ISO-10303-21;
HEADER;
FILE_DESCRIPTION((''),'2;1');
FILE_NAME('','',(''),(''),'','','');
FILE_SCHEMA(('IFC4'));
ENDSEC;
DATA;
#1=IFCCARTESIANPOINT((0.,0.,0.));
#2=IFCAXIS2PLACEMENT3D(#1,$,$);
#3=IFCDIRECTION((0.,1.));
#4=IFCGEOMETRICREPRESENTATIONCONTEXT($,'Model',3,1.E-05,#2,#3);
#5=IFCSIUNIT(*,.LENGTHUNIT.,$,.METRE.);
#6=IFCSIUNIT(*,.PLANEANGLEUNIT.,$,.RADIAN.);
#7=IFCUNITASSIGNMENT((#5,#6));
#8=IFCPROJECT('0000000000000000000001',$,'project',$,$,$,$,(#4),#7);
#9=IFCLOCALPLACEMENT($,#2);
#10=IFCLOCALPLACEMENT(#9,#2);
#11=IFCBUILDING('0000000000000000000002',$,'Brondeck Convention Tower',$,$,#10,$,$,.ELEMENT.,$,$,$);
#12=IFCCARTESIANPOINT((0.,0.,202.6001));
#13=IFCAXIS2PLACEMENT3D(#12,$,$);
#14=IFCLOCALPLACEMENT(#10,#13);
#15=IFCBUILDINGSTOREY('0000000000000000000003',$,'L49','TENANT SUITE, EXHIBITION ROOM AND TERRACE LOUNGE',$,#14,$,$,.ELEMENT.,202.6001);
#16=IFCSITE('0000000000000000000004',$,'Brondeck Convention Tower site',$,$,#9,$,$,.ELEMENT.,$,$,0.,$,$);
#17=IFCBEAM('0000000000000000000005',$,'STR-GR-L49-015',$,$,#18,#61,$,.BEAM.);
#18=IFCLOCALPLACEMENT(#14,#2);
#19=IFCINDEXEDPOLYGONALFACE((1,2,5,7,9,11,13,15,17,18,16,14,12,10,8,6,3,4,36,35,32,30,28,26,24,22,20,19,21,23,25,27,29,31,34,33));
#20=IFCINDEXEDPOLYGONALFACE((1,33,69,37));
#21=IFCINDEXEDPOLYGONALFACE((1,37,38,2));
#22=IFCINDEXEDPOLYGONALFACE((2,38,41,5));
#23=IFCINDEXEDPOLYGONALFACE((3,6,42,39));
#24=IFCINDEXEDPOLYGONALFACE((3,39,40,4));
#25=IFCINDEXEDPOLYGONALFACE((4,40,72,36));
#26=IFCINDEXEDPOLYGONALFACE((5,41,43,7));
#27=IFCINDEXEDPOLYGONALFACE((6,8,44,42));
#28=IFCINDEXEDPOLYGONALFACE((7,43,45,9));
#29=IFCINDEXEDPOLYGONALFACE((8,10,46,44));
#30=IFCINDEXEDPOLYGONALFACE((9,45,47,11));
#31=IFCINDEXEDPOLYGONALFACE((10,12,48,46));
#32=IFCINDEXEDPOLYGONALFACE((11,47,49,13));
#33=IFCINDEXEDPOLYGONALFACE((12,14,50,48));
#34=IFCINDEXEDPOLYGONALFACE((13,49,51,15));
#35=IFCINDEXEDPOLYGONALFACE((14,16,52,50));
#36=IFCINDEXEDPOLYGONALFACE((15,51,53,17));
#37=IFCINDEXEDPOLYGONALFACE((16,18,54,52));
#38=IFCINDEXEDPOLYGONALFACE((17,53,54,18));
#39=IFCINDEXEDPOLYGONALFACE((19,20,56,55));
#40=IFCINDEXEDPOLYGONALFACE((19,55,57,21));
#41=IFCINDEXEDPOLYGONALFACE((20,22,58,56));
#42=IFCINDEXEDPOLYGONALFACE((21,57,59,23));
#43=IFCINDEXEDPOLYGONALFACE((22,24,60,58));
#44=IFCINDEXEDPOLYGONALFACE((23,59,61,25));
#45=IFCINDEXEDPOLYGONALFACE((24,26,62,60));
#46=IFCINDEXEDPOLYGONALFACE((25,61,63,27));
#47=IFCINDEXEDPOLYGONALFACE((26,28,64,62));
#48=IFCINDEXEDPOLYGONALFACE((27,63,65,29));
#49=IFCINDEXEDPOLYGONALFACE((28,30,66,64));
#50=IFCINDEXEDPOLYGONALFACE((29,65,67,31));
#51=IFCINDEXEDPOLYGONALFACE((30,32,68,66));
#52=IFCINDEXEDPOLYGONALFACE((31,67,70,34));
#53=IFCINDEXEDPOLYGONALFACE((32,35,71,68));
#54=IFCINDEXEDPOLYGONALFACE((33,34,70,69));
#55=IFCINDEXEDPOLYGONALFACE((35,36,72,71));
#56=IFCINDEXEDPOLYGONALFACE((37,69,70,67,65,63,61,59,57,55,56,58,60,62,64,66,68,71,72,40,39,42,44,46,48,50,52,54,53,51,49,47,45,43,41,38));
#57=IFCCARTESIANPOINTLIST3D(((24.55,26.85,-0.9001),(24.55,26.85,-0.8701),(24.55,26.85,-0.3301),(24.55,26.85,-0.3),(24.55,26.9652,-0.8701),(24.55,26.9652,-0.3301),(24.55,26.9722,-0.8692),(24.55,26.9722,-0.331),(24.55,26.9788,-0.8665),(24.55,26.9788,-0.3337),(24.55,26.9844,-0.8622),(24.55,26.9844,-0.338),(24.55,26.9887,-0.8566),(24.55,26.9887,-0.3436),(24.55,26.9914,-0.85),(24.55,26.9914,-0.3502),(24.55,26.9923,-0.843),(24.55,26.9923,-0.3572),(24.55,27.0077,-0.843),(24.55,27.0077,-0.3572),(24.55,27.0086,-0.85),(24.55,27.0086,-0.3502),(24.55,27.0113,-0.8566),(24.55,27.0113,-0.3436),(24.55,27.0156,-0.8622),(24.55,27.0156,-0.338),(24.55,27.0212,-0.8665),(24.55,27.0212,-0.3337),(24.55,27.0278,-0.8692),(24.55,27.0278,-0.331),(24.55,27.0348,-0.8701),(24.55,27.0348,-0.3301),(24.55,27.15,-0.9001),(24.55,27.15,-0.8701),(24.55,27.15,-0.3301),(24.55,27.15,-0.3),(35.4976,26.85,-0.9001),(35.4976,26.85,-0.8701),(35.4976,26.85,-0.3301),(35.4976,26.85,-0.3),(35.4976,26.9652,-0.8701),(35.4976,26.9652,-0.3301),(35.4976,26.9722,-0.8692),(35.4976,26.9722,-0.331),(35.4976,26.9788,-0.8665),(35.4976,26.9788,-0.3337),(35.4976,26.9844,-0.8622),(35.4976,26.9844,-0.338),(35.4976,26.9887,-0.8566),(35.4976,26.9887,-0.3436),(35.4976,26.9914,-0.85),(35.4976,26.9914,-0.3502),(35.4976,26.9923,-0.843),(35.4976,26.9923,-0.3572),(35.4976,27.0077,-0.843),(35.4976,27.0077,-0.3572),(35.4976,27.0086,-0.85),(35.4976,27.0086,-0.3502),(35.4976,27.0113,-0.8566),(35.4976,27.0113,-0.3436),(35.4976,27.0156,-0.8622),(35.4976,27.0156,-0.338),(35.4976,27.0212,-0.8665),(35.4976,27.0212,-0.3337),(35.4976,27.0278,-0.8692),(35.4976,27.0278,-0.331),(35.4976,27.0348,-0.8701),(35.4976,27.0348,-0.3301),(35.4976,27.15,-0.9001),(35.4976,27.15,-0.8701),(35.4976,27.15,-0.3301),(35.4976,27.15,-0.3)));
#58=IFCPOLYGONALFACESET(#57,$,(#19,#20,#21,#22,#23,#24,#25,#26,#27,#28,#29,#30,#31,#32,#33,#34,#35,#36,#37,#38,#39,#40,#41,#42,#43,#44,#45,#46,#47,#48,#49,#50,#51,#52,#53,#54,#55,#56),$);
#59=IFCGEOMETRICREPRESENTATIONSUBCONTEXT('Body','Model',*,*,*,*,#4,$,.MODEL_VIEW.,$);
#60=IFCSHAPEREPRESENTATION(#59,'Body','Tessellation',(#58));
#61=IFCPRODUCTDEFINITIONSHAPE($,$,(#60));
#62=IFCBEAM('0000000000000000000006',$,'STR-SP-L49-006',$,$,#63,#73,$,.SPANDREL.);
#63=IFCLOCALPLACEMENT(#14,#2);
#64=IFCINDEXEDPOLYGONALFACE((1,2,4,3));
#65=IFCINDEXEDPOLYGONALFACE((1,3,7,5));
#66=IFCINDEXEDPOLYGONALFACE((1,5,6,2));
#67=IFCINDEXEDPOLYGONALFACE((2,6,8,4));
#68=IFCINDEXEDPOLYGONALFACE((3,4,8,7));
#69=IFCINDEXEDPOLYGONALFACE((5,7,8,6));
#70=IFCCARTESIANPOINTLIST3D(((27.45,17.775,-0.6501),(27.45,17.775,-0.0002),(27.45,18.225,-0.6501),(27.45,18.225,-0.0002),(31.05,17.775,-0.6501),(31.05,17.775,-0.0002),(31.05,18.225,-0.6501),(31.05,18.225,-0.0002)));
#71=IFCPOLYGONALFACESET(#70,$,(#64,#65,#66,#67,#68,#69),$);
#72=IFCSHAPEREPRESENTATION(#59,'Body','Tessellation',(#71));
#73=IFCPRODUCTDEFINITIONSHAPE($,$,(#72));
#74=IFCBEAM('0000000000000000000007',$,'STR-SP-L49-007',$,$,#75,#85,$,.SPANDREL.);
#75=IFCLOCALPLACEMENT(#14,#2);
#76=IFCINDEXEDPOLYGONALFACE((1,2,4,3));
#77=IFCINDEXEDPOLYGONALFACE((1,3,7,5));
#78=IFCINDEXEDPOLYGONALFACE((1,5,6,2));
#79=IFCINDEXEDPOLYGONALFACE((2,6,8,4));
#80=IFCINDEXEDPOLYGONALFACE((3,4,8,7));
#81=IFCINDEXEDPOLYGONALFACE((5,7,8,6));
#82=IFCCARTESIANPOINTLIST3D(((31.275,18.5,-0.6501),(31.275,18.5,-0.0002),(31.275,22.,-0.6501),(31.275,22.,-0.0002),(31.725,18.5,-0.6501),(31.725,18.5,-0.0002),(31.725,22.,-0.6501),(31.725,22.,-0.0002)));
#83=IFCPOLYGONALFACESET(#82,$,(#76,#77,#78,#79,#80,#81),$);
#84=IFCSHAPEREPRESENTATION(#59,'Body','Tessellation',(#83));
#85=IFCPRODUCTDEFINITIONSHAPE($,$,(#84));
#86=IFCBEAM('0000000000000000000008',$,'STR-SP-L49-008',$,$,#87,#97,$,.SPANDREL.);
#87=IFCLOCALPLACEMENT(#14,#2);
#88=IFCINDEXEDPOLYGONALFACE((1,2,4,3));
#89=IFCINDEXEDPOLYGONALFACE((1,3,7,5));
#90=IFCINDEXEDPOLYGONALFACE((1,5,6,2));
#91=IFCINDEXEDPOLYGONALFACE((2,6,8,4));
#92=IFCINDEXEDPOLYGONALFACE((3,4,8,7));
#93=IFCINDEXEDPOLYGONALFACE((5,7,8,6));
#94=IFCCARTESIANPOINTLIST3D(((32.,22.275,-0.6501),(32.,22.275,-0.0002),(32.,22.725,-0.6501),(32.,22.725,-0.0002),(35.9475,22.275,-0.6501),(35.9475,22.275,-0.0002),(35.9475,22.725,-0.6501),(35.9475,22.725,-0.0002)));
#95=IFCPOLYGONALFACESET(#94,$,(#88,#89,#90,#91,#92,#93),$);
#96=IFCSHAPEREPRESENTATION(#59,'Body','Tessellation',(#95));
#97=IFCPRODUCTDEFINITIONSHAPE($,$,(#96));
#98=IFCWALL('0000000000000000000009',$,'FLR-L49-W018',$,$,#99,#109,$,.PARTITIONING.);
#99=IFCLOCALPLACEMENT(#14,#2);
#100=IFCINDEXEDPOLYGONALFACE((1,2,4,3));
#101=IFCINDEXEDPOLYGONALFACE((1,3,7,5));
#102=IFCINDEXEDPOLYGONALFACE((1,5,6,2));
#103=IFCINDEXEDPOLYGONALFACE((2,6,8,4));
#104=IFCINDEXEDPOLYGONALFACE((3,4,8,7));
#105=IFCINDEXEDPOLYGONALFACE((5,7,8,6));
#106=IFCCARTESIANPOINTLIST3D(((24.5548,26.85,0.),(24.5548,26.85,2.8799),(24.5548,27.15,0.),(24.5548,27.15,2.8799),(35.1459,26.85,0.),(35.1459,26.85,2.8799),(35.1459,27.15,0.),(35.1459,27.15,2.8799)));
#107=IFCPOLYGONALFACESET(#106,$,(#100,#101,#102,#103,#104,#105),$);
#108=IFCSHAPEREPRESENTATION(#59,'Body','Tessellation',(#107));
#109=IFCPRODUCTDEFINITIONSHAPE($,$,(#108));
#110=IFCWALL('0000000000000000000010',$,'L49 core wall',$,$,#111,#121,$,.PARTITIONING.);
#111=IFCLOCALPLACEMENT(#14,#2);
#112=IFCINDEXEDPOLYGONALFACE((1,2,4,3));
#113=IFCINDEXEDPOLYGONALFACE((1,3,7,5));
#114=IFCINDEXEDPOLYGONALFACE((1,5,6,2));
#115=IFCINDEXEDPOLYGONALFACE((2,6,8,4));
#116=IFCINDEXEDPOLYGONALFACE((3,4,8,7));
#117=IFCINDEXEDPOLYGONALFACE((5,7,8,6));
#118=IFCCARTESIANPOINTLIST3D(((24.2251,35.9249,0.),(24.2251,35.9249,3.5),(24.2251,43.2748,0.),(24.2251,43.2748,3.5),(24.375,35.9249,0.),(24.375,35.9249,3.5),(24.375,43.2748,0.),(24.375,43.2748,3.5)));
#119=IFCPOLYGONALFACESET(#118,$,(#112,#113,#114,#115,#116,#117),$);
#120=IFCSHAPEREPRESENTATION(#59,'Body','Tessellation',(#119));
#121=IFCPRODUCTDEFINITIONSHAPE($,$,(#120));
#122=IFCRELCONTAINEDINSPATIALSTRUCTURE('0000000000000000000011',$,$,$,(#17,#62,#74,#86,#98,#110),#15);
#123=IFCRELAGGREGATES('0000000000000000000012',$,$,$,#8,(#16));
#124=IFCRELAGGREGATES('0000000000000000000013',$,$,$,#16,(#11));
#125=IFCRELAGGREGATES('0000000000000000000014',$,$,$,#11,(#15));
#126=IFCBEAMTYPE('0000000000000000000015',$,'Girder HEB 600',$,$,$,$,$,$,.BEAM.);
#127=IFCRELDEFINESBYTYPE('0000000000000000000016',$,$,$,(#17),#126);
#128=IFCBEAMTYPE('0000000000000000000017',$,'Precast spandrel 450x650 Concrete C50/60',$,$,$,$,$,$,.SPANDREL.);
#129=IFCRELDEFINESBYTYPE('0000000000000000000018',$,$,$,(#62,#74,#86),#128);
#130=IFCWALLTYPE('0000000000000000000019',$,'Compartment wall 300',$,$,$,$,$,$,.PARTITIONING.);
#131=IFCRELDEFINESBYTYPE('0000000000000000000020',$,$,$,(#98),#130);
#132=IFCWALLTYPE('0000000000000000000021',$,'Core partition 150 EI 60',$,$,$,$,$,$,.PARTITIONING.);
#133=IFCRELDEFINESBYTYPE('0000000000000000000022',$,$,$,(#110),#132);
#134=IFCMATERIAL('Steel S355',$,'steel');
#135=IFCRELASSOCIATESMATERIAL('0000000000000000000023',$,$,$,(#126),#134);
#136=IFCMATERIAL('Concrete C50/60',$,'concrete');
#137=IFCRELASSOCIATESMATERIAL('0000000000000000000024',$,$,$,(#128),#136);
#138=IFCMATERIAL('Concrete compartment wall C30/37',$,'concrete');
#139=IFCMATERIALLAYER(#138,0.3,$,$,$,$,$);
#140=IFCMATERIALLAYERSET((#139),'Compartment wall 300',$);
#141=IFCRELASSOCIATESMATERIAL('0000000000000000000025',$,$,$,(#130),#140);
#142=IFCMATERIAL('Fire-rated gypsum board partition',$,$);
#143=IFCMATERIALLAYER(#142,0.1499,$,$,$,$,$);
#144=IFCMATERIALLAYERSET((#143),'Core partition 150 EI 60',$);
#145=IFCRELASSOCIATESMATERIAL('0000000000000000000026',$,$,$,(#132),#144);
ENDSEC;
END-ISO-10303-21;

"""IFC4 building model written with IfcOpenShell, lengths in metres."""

from ifc_helpers import new_model, si_unit, direction, frame, frame_2d, origin, origin_2d, place, context, subcontext, project, spatial, rectangle, i_section, extrude, material, layer, layer_set, material_profile, profile_set, type_object, element, save


model = new_model("IFC4")

# Units and contexts
model_context = context("Model", 3, precision=1e-05, world=origin(), true_north=direction((0.0, 1.0)))
body_context = subcontext(model_context, "Body", "Model", "MODEL_VIEW")
ifc_project = project(units=[si_unit("LENGTHUNIT", "METRE"), si_unit("PLANEANGLEUNIT", "RADIAN")], contexts=[model_context])

# Site, building, storey
site_placement = place(None, origin())
site = spatial("IfcSite", under=ifc_project, at=site_placement, Name="Brondeck Convention Tower site", CompositionType="ELEMENT", RefElevation=0.0)
building_placement = place(site_placement, origin())
building = spatial("IfcBuilding", under=site, at=building_placement, Name="Brondeck Convention Tower", CompositionType="ELEMENT")
storey_placement = place(building_placement, frame((0.0, 0.0, 202.6001)))
storey = spatial("IfcBuildingStorey", under=building, at=storey_placement, Name="L49", Description="TENANT SUITE, EXHIBITION ROOM AND TERRACE LOUNGE", CompositionType="ELEMENT", Elevation=202.6001)

# Shared definitions
ifc_material_1 = material(Name="Concrete C50/60", Category="concrete")

# Beams
ifc_material_2 = material(Name="Steel S355", Category="steel")
ifc_material_profile_1 = material_profile(ifc_material_2, i_section(OverallWidth=0.3, OverallDepth=0.6001, WebThickness=0.0154, FlangeThickness=0.03, FilletRadius=0.0271, at=origin_2d()), Name="HEB 600")
ifc_profile_set_1 = profile_set([ifc_material_profile_1], Name="Steel S355")
beam_type_1 = type_object("IfcBeamType", Name="Girder HEB 600", PredefinedType="BEAM", material=ifc_profile_set_1)
beam_1_placement = place(storey_placement, frame((24.55, 27.0, -0.6001), z_axis=(1.0, 0.0, 0.0), x_axis=(0.0, 1.0, 0.0)))
element("IfcBeam", 1, at=beam_1_placement, inside=storey, type_object=beam_type_1, Name="STR-GR-L49-015", PredefinedType="BEAM", context=body_context, shape_type="SweptSolid", body=[
    extrude(i_section(OverallWidth=0.3, OverallDepth=0.6001, WebThickness=0.0154, FlangeThickness=0.03, FilletRadius=0.0271, at=origin_2d()), origin(), (0.0, 0.0, 1.0), 10.9475),
])
ifc_material_profile_2 = material_profile(ifc_material_1, rectangle(XDim=0.45, YDim=0.6499, at=origin_2d()), Name="Precast spandrel 450x650 Concrete C50/60")
ifc_profile_set_2 = profile_set([ifc_material_profile_2], Name="Concrete C50/60")
beam_type_2 = type_object("IfcBeamType", Name="Precast spandrel 450x650 Concrete C50/60", PredefinedType="SPANDREL", material=ifc_profile_set_2)
beam_2_placement = place(storey_placement, frame((27.45, 18.0, -0.3252), z_axis=(1.0, 0.0, 0.0), x_axis=(0.0, 1.0, 0.0)))
element("IfcBeam", 2, at=beam_2_placement, inside=storey, type_object=beam_type_2, Name="STR-SP-L49-006", PredefinedType="SPANDREL", context=body_context, shape_type="SweptSolid", body=[
    extrude(rectangle(XDim=0.45, YDim=0.6499, at=origin_2d()), origin(), (0.0, 0.0, 1.0), 3.6001),
])
beam_3_placement = place(storey_placement, frame((31.5, 18.5, -0.3252), z_axis=(0.0, 1.0, 0.0), x_axis=(-1.0, 0.0, 0.0)))
element("IfcBeam", 3, at=beam_3_placement, inside=storey, type_object=beam_type_2, Name="STR-SP-L49-007", PredefinedType="SPANDREL", context=body_context, shape_type="SweptSolid", body=[
    extrude(rectangle(XDim=0.45, YDim=0.6499, at=origin_2d()), origin(), (0.0, 0.0, 1.0), 3.5),
])
beam_4_placement = place(storey_placement, frame((32.0, 22.5, -0.3252), z_axis=(1.0, 0.0, 0.0), x_axis=(0.0, 1.0, 0.0)))
element("IfcBeam", 4, at=beam_4_placement, inside=storey, type_object=beam_type_2, Name="STR-SP-L49-008", PredefinedType="SPANDREL", context=body_context, shape_type="SweptSolid", body=[
    extrude(rectangle(XDim=0.45, YDim=0.6499, at=origin_2d()), origin(), (0.0, 0.0, 1.0), 3.9475),
])

# Walls
ifc_material_3 = material(Name="Concrete compartment wall C30/37", Category="concrete")
ifc_layer_1 = layer(ifc_material_3, 0.3)
ifc_layer_set_1 = layer_set([ifc_layer_1], Name="Compartment wall 300")
wall_type_1 = type_object("IfcWallType", Name="Compartment wall 300", PredefinedType="PARTITIONING", material=ifc_layer_set_1)
wall_1_placement = place(storey_placement, frame((24.5549, 27.0, 0.0), z_axis=(0.0, 0.0, 1.0), x_axis=(1.0, 0.0, 0.0)))
element("IfcWall", 5, at=wall_1_placement, inside=storey, type_object=wall_type_1, Name="FLR-L49-W018", PredefinedType="PARTITIONING", context=body_context, shape_type="SweptSolid", body=[
    extrude(rectangle(XDim=10.5911, YDim=0.3, at=frame_2d((5.2954, 0.0))), origin(), (0.0, 0.0, 1.0), 2.8799),
])
ifc_material_4 = material(Name="Fire-rated gypsum board partition")
ifc_layer_2 = layer(ifc_material_4, 0.1499)
ifc_layer_set_2 = layer_set([ifc_layer_2], Name="Core partition 150 EI 60")
wall_type_2 = type_object("IfcWallType", Name="Core partition 150 EI 60", PredefinedType="PARTITIONING", material=ifc_layer_set_2)
wall_2_placement = place(storey_placement, frame((24.3, 35.925, 0.0), z_axis=(0.0, 0.0, 1.0), x_axis=(0.0, 1.0, 0.0)))
element("IfcWall", 6, at=wall_2_placement, inside=storey, type_object=wall_type_2, Name="L49 core wall", PredefinedType="PARTITIONING", context=body_context, shape_type="SweptSolid", body=[
    extrude(rectangle(XDim=7.3499, YDim=0.1499, at=frame_2d((3.6748, 0.0))), origin(), (0.0, 0.0, 1.0), 3.5),
])

save(model, "model.ifc")
